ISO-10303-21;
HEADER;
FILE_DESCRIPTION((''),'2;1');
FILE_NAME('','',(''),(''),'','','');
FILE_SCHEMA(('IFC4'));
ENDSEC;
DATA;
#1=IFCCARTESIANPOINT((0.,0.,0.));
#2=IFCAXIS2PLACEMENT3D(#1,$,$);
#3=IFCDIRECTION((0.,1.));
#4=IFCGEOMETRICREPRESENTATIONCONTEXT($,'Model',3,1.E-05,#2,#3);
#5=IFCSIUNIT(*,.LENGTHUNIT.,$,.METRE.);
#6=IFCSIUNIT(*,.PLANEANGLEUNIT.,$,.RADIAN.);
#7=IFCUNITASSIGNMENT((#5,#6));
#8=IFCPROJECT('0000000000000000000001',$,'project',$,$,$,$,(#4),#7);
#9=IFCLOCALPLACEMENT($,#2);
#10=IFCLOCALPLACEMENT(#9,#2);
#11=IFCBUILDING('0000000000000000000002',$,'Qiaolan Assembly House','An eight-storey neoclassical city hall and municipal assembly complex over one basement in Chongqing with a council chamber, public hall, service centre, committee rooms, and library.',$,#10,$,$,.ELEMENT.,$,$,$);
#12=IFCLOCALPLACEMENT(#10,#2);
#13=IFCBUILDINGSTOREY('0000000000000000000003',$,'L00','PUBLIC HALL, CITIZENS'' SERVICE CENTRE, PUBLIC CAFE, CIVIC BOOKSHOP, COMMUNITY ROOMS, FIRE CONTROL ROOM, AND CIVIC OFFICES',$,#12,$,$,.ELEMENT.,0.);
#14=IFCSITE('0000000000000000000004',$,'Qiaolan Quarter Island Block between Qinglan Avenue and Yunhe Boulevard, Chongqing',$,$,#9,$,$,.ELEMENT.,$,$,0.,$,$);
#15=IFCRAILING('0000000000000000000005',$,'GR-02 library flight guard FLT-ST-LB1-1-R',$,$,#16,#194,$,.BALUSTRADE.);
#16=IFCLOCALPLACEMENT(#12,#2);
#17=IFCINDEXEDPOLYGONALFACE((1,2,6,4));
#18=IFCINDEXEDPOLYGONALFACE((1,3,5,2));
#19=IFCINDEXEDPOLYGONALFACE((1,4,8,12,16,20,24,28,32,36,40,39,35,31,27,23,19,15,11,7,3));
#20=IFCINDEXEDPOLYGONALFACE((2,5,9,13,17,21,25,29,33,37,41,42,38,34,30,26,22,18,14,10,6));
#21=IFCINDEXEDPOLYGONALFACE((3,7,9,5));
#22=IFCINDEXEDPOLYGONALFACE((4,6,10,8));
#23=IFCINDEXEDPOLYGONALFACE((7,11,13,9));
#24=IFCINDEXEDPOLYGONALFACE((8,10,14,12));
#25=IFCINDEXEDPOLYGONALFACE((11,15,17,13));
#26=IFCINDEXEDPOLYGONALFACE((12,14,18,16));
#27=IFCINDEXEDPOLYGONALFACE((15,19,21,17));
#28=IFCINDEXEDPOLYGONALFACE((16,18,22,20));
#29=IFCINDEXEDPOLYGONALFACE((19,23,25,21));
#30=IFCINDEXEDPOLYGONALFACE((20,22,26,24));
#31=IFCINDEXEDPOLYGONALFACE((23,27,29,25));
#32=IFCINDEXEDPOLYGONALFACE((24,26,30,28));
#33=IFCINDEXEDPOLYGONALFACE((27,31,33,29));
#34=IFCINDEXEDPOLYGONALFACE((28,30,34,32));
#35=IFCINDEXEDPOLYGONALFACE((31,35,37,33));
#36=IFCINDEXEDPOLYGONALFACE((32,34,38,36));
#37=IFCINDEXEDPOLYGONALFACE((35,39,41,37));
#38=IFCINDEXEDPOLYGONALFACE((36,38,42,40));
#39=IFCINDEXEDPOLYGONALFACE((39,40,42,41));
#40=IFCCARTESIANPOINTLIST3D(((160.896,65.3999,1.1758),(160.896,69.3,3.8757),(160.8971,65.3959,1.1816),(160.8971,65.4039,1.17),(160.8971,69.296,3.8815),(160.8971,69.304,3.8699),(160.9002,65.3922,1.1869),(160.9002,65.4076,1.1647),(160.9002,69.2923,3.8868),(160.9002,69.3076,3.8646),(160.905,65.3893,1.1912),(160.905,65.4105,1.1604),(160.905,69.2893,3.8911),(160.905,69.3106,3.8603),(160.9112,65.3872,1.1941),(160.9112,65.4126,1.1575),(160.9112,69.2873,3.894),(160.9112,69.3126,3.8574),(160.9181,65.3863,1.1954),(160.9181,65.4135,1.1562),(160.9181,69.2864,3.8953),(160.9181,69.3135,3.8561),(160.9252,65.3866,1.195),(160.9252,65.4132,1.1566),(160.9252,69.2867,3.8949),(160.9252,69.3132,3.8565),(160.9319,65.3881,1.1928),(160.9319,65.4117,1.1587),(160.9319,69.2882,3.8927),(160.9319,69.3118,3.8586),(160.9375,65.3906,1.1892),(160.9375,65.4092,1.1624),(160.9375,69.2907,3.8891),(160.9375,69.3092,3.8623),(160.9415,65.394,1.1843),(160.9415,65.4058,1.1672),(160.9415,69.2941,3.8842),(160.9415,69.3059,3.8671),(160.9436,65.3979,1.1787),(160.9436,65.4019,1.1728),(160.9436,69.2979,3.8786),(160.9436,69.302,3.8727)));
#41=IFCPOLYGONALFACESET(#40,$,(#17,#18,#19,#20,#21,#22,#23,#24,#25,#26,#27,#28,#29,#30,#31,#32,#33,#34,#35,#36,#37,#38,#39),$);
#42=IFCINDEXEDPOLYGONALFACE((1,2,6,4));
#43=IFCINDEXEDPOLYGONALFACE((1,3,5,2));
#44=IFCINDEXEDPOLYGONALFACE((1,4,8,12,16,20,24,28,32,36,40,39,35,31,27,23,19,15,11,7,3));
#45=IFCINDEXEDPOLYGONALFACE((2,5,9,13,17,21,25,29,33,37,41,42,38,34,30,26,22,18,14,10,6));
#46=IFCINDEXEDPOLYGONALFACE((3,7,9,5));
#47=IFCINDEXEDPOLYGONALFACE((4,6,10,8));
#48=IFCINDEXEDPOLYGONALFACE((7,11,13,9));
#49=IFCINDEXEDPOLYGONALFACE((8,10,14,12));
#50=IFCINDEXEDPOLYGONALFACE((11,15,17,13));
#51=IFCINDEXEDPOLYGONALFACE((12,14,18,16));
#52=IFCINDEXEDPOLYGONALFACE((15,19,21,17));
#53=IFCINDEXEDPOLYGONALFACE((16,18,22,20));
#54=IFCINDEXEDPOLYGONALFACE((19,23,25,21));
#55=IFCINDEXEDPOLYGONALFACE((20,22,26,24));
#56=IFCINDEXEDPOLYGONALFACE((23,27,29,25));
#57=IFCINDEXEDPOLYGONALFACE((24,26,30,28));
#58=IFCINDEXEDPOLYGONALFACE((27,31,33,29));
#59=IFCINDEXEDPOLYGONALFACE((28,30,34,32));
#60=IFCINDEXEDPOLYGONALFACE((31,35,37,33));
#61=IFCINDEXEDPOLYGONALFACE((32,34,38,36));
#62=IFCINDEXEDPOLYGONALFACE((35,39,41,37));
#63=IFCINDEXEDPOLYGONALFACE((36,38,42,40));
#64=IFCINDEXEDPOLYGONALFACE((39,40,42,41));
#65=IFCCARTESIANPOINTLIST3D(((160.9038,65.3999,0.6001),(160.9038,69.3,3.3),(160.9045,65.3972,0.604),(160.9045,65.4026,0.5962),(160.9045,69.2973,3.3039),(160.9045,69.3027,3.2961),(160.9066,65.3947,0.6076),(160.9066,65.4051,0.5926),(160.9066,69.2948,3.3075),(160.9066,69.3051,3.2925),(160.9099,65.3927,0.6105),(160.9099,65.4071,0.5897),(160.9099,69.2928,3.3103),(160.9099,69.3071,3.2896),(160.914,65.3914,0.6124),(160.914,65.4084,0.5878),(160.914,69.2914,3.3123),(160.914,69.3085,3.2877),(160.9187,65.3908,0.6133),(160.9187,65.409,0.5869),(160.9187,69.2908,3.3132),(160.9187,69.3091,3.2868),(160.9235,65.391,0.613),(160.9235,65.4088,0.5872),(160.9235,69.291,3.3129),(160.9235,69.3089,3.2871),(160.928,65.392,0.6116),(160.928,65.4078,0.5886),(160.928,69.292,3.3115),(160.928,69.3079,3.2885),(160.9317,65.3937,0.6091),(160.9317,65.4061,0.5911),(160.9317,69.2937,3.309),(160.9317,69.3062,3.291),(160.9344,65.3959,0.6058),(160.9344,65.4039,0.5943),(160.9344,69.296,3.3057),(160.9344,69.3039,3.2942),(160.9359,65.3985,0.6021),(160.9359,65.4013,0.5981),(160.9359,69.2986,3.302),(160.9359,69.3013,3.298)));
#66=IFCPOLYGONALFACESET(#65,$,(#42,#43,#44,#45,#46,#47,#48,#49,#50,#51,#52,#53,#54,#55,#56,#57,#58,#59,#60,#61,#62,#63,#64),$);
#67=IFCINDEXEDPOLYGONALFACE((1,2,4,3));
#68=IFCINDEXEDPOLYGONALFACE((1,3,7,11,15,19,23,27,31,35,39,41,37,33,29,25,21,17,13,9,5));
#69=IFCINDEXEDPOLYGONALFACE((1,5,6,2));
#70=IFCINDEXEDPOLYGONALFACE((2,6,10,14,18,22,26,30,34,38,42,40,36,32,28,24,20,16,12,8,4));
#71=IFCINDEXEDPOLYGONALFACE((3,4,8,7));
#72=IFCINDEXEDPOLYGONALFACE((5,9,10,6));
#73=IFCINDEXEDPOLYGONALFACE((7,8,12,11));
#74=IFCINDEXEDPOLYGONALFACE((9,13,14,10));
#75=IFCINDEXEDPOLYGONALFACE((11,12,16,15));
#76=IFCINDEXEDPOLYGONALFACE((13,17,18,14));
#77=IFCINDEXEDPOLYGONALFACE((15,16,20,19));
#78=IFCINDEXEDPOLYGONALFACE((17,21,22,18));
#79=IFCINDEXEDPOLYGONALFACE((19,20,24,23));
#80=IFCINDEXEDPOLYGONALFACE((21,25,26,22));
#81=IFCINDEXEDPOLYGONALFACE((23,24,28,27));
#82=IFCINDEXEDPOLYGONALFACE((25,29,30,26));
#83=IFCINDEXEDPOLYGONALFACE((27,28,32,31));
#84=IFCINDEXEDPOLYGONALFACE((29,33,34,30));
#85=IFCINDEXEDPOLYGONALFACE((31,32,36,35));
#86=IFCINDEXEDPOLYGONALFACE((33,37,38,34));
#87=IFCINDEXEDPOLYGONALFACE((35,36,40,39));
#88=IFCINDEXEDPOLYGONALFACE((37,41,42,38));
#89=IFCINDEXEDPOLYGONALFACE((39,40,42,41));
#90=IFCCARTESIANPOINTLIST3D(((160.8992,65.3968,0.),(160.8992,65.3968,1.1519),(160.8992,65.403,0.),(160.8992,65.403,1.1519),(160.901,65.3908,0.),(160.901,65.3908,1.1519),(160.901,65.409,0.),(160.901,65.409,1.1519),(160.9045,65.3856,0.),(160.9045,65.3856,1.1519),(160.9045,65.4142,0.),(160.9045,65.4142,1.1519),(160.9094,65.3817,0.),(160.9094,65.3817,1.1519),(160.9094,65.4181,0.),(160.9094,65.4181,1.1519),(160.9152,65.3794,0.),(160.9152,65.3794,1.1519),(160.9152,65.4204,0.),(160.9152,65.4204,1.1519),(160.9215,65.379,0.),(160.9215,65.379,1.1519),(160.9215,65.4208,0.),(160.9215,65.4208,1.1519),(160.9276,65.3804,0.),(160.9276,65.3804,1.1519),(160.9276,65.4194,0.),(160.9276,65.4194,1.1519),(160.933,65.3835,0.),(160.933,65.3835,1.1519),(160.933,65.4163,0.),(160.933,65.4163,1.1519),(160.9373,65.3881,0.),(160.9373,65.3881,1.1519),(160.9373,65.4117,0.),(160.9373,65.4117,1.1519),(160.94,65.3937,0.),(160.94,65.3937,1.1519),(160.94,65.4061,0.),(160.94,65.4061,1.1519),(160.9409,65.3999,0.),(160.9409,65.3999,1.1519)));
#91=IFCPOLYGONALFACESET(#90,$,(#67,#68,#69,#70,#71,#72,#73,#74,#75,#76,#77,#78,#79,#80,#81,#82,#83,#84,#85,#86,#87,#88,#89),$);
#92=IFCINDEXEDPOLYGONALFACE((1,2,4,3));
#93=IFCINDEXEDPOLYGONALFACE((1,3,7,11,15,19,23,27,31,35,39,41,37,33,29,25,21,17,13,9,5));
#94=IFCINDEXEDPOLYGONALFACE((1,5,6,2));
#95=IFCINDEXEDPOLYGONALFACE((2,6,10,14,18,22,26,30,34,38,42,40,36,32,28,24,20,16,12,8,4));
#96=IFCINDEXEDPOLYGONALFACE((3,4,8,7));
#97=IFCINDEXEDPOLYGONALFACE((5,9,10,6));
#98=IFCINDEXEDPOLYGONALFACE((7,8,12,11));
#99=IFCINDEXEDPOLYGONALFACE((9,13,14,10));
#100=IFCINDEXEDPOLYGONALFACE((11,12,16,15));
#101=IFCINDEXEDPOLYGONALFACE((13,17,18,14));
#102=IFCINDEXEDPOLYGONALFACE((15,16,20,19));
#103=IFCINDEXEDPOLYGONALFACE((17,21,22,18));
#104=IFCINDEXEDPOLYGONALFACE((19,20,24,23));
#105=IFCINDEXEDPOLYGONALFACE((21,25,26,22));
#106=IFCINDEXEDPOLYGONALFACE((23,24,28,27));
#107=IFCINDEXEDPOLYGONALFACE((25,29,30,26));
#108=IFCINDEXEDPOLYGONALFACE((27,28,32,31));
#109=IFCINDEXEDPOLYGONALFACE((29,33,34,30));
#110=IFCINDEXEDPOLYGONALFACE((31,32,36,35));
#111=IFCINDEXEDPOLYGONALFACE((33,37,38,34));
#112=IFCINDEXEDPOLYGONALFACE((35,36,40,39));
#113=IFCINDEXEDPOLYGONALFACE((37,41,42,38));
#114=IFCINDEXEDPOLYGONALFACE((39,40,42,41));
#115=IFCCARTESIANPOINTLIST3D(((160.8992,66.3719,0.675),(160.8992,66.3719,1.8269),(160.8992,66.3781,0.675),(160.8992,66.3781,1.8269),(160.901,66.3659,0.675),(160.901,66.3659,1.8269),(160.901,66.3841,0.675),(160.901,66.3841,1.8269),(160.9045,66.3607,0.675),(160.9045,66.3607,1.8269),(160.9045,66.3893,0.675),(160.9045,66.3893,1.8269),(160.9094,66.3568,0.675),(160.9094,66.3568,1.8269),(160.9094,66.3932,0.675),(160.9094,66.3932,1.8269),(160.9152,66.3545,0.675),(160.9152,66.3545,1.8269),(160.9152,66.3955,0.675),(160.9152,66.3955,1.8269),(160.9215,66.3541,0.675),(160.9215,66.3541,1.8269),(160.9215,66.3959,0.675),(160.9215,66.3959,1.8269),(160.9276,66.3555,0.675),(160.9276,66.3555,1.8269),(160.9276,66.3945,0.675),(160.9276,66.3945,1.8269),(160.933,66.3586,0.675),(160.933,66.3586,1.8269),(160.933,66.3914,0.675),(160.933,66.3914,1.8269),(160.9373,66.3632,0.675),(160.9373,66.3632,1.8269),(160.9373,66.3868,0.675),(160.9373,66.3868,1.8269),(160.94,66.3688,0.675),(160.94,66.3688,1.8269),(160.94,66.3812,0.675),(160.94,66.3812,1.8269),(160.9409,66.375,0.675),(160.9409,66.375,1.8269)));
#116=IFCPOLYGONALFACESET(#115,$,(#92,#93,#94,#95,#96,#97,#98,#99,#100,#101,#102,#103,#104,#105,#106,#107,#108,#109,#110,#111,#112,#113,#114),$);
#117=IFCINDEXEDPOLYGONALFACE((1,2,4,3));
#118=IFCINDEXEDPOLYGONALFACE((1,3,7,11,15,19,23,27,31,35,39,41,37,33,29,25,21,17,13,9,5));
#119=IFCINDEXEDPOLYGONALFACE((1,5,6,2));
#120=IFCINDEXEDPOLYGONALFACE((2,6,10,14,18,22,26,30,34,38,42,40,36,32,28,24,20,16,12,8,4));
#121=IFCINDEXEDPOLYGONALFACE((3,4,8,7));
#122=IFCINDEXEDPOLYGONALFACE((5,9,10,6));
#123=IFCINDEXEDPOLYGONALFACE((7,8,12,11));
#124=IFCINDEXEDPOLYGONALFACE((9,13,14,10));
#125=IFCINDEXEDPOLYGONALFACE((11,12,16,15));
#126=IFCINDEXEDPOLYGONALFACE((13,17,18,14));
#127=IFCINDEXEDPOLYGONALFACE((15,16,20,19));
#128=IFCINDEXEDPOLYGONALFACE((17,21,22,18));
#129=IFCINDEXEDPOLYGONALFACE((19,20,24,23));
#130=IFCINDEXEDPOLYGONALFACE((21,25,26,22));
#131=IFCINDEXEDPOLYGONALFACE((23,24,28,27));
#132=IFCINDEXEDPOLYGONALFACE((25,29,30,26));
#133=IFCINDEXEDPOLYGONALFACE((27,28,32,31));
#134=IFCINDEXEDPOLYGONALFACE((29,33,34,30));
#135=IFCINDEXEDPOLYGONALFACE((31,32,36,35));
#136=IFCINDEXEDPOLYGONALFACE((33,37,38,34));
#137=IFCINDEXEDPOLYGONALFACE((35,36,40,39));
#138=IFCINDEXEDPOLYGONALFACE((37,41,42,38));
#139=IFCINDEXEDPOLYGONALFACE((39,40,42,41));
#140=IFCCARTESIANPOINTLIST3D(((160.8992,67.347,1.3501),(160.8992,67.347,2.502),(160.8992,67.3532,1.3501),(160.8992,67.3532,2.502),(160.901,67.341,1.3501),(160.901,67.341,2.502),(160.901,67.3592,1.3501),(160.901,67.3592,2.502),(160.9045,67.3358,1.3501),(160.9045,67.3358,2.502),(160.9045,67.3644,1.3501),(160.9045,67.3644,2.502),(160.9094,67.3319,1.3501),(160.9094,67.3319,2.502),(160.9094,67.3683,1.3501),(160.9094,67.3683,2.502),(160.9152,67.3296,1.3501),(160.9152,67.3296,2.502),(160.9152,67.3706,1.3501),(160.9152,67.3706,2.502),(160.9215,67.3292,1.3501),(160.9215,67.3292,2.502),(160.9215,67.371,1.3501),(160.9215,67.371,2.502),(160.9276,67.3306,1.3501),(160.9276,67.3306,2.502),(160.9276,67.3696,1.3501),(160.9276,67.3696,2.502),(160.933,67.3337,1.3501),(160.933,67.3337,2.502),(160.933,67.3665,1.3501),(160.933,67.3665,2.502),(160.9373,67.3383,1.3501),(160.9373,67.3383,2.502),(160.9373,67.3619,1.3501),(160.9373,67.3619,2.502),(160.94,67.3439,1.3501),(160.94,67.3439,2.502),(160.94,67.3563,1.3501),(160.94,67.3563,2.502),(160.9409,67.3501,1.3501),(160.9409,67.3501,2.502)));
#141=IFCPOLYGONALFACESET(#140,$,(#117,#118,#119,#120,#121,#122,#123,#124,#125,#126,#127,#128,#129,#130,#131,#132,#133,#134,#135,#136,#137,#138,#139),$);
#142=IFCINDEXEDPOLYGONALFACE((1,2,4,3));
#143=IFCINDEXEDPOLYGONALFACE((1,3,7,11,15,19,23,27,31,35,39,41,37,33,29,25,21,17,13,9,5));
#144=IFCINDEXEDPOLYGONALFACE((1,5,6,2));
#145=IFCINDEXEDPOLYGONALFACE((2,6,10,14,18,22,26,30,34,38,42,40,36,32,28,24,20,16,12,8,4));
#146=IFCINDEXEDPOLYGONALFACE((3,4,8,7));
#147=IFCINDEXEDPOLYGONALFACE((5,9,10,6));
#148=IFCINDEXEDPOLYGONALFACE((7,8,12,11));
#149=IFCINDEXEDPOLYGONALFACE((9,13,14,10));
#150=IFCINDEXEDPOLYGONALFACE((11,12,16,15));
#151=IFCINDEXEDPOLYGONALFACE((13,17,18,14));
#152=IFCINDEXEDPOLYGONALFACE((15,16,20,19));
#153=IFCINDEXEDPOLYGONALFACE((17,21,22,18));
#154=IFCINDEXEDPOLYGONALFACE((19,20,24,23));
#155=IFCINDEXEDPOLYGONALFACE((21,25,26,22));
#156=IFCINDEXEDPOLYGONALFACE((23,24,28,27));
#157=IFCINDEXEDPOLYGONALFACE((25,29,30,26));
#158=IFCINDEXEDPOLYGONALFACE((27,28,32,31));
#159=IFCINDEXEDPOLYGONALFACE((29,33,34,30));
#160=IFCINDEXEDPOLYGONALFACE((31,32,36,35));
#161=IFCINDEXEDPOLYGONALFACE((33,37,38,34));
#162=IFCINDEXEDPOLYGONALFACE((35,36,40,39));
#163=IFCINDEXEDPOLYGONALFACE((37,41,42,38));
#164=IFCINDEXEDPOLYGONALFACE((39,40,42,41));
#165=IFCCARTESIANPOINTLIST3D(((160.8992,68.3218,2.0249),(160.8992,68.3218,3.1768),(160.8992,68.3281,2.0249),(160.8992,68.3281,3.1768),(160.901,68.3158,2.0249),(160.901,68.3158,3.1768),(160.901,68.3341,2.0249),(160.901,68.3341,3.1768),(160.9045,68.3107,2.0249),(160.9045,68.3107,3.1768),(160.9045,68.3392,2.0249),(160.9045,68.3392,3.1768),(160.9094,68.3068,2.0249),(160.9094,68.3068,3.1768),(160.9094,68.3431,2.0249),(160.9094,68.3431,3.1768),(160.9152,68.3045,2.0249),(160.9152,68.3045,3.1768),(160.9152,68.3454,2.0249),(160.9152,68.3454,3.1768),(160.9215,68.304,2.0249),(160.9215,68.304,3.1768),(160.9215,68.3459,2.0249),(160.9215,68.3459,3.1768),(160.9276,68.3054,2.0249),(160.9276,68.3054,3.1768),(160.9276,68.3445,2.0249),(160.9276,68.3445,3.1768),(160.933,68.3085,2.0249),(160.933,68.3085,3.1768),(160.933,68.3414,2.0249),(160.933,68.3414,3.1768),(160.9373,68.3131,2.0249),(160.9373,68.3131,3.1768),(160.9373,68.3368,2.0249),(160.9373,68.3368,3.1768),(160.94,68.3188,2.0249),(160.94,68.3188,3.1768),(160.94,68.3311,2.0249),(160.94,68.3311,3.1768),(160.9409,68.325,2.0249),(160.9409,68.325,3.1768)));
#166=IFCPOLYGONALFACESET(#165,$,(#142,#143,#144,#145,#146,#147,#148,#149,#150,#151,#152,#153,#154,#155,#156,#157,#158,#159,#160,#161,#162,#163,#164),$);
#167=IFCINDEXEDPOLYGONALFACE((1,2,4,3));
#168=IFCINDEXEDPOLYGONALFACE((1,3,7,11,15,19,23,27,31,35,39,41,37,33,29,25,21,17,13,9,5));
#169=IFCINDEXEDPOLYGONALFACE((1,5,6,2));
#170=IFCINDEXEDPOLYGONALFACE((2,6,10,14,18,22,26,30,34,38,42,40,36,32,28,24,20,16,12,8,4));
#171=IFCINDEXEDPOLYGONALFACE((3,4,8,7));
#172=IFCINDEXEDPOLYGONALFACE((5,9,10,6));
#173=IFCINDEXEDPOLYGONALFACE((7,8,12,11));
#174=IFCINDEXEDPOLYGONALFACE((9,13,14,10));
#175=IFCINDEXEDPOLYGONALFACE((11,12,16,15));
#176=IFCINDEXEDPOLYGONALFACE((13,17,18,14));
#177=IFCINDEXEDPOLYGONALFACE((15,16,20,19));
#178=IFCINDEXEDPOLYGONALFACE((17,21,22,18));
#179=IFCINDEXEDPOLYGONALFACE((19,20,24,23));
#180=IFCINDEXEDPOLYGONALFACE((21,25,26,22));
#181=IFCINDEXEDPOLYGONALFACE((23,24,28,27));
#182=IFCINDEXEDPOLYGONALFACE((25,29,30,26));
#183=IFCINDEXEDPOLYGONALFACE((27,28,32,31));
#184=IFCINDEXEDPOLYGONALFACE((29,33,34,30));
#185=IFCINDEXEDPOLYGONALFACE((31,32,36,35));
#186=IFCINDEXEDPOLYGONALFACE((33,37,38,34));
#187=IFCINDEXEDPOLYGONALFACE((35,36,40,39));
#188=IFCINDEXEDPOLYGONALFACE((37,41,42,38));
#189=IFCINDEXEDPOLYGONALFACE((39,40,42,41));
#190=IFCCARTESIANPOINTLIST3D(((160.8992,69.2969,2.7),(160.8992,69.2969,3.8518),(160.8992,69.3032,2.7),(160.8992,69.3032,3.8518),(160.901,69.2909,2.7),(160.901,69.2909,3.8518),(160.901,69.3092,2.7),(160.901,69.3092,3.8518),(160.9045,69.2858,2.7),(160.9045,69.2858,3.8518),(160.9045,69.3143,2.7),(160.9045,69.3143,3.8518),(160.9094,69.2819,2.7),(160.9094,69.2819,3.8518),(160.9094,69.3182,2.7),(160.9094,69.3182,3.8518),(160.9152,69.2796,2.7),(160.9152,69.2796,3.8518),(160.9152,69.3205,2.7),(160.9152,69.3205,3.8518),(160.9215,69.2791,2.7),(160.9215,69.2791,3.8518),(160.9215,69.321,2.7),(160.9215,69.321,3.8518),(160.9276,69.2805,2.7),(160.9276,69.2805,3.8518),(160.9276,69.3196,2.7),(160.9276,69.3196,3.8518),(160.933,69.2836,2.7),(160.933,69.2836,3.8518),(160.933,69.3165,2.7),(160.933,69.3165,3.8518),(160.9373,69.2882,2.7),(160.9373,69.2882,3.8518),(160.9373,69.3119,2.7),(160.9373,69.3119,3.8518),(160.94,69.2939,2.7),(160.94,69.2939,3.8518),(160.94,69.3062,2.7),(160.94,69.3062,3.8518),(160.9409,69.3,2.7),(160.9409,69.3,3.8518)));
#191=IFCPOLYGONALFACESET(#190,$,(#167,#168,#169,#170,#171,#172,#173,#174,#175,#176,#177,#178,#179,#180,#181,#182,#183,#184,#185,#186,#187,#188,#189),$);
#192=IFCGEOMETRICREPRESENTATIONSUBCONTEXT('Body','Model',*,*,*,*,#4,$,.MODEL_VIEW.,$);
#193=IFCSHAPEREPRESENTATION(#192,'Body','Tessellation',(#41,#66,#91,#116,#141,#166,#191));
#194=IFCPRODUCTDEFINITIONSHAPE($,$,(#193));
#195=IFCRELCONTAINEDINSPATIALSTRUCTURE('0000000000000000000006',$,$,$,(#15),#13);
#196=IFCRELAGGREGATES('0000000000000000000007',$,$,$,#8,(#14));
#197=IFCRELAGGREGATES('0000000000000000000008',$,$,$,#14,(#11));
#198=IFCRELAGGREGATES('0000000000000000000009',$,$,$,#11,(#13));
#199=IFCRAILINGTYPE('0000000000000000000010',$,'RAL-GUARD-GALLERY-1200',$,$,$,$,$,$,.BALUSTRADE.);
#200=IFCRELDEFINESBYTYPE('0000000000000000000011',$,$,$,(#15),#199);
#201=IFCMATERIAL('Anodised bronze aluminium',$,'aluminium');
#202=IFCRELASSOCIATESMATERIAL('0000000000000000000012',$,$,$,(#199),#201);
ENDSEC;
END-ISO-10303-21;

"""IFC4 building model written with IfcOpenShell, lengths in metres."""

from ifc_helpers import new_model, si_unit, direction, frame, origin, origin_2d, place, context, subcontext, project, spatial, circle, extrude, material, type_object, element, save


model = new_model("IFC4")

# Units and contexts
model_context = context("Model", 3, precision=1e-05, world=origin(), true_north=direction((0.0, 1.0)))
body_context = subcontext(model_context, "Body", "Model", "MODEL_VIEW")
ifc_project = project(units=[si_unit("LENGTHUNIT", "METRE"), si_unit("PLANEANGLEUNIT", "RADIAN")], contexts=[model_context])

# Site, building, storey
site_placement = place(None, origin())
site = spatial("IfcSite", under=ifc_project, at=site_placement, Name="Qiaolan Quarter Island Block between Qinglan Avenue and Yunhe Boulevard, Chongqing", CompositionType="ELEMENT", RefElevation=0.0)
building_placement = place(site_placement, origin())
building = spatial("IfcBuilding", under=site, at=building_placement, Name="Qiaolan Assembly House", Description="An eight-storey neoclassical city hall and municipal assembly complex over one basement in Chongqing with a council chamber, public hall, service centre, committee rooms, and library.", CompositionType="ELEMENT")
storey_placement = place(building_placement, origin())
storey = spatial("IfcBuildingStorey", under=building, at=storey_placement, Name="L00", Description="PUBLIC HALL, CITIZENS' SERVICE CENTRE, PUBLIC CAFE, CIVIC BOOKSHOP, COMMUNITY ROOMS, FIRE CONTROL ROOM, AND CIVIC OFFICES", CompositionType="ELEMENT", Elevation=0.0)

# Railing
ifc_material_1 = material(Name="Anodised bronze aluminium", Category="aluminium")
railing_type = type_object("IfcRailingType", Name="RAL-GUARD-GALLERY-1200", PredefinedType="BALUSTRADE", material=ifc_material_1)
for number, where, name in (
    (1, (160.9199, 65.3999, 0.0), "GR-02 library flight guard FLT-ST-LB1-1-R"),
):
    element("IfcRailing", number, at=place(storey_placement, frame(where)), inside=storey, type_object=railing_type, Name=name, PredefinedType="BALUSTRADE", context=body_context, shape_type="SweptSolid", body=[
        extrude(circle(Radius=0.0239, at=origin_2d()), frame((0.0, 0.0, 1.1758), z_axis=(0.0, 0.822207, 0.569189), x_axis=(-1.0, 0.0, 0.0)), (0.0, 0.0, 1.0), 4.7434),
        extrude(circle(Radius=0.0161, at=origin_2d()), frame((0.0, 0.0, 0.6001), z_axis=(0.0, 0.822207, 0.569189), x_axis=(-1.0, 0.0, 0.0)), (0.0, 0.0, 1.0), 4.7434),
        extrude(circle(Radius=0.021, at=origin_2d()), origin(), (0.0, 0.0, 1.0), 1.1519),
        extrude(circle(Radius=0.021, at=origin_2d()), frame((0.0, 0.9751, 0.675)), (0.0, 0.0, 1.0), 1.1519),
        extrude(circle(Radius=0.021, at=origin_2d()), frame((0.0, 1.9502, 1.3501)), (0.0, 0.0, 1.0), 1.1519),
        extrude(circle(Radius=0.021, at=origin_2d()), frame((0.0, 2.925, 2.0249)), (0.0, 0.0, 1.0), 1.1519),
        extrude(circle(Radius=0.021, at=origin_2d()), frame((0.0, 3.9001, 2.7)), (0.0, 0.0, 1.0), 1.1519),
    ])

save(model, "model.ifc")
